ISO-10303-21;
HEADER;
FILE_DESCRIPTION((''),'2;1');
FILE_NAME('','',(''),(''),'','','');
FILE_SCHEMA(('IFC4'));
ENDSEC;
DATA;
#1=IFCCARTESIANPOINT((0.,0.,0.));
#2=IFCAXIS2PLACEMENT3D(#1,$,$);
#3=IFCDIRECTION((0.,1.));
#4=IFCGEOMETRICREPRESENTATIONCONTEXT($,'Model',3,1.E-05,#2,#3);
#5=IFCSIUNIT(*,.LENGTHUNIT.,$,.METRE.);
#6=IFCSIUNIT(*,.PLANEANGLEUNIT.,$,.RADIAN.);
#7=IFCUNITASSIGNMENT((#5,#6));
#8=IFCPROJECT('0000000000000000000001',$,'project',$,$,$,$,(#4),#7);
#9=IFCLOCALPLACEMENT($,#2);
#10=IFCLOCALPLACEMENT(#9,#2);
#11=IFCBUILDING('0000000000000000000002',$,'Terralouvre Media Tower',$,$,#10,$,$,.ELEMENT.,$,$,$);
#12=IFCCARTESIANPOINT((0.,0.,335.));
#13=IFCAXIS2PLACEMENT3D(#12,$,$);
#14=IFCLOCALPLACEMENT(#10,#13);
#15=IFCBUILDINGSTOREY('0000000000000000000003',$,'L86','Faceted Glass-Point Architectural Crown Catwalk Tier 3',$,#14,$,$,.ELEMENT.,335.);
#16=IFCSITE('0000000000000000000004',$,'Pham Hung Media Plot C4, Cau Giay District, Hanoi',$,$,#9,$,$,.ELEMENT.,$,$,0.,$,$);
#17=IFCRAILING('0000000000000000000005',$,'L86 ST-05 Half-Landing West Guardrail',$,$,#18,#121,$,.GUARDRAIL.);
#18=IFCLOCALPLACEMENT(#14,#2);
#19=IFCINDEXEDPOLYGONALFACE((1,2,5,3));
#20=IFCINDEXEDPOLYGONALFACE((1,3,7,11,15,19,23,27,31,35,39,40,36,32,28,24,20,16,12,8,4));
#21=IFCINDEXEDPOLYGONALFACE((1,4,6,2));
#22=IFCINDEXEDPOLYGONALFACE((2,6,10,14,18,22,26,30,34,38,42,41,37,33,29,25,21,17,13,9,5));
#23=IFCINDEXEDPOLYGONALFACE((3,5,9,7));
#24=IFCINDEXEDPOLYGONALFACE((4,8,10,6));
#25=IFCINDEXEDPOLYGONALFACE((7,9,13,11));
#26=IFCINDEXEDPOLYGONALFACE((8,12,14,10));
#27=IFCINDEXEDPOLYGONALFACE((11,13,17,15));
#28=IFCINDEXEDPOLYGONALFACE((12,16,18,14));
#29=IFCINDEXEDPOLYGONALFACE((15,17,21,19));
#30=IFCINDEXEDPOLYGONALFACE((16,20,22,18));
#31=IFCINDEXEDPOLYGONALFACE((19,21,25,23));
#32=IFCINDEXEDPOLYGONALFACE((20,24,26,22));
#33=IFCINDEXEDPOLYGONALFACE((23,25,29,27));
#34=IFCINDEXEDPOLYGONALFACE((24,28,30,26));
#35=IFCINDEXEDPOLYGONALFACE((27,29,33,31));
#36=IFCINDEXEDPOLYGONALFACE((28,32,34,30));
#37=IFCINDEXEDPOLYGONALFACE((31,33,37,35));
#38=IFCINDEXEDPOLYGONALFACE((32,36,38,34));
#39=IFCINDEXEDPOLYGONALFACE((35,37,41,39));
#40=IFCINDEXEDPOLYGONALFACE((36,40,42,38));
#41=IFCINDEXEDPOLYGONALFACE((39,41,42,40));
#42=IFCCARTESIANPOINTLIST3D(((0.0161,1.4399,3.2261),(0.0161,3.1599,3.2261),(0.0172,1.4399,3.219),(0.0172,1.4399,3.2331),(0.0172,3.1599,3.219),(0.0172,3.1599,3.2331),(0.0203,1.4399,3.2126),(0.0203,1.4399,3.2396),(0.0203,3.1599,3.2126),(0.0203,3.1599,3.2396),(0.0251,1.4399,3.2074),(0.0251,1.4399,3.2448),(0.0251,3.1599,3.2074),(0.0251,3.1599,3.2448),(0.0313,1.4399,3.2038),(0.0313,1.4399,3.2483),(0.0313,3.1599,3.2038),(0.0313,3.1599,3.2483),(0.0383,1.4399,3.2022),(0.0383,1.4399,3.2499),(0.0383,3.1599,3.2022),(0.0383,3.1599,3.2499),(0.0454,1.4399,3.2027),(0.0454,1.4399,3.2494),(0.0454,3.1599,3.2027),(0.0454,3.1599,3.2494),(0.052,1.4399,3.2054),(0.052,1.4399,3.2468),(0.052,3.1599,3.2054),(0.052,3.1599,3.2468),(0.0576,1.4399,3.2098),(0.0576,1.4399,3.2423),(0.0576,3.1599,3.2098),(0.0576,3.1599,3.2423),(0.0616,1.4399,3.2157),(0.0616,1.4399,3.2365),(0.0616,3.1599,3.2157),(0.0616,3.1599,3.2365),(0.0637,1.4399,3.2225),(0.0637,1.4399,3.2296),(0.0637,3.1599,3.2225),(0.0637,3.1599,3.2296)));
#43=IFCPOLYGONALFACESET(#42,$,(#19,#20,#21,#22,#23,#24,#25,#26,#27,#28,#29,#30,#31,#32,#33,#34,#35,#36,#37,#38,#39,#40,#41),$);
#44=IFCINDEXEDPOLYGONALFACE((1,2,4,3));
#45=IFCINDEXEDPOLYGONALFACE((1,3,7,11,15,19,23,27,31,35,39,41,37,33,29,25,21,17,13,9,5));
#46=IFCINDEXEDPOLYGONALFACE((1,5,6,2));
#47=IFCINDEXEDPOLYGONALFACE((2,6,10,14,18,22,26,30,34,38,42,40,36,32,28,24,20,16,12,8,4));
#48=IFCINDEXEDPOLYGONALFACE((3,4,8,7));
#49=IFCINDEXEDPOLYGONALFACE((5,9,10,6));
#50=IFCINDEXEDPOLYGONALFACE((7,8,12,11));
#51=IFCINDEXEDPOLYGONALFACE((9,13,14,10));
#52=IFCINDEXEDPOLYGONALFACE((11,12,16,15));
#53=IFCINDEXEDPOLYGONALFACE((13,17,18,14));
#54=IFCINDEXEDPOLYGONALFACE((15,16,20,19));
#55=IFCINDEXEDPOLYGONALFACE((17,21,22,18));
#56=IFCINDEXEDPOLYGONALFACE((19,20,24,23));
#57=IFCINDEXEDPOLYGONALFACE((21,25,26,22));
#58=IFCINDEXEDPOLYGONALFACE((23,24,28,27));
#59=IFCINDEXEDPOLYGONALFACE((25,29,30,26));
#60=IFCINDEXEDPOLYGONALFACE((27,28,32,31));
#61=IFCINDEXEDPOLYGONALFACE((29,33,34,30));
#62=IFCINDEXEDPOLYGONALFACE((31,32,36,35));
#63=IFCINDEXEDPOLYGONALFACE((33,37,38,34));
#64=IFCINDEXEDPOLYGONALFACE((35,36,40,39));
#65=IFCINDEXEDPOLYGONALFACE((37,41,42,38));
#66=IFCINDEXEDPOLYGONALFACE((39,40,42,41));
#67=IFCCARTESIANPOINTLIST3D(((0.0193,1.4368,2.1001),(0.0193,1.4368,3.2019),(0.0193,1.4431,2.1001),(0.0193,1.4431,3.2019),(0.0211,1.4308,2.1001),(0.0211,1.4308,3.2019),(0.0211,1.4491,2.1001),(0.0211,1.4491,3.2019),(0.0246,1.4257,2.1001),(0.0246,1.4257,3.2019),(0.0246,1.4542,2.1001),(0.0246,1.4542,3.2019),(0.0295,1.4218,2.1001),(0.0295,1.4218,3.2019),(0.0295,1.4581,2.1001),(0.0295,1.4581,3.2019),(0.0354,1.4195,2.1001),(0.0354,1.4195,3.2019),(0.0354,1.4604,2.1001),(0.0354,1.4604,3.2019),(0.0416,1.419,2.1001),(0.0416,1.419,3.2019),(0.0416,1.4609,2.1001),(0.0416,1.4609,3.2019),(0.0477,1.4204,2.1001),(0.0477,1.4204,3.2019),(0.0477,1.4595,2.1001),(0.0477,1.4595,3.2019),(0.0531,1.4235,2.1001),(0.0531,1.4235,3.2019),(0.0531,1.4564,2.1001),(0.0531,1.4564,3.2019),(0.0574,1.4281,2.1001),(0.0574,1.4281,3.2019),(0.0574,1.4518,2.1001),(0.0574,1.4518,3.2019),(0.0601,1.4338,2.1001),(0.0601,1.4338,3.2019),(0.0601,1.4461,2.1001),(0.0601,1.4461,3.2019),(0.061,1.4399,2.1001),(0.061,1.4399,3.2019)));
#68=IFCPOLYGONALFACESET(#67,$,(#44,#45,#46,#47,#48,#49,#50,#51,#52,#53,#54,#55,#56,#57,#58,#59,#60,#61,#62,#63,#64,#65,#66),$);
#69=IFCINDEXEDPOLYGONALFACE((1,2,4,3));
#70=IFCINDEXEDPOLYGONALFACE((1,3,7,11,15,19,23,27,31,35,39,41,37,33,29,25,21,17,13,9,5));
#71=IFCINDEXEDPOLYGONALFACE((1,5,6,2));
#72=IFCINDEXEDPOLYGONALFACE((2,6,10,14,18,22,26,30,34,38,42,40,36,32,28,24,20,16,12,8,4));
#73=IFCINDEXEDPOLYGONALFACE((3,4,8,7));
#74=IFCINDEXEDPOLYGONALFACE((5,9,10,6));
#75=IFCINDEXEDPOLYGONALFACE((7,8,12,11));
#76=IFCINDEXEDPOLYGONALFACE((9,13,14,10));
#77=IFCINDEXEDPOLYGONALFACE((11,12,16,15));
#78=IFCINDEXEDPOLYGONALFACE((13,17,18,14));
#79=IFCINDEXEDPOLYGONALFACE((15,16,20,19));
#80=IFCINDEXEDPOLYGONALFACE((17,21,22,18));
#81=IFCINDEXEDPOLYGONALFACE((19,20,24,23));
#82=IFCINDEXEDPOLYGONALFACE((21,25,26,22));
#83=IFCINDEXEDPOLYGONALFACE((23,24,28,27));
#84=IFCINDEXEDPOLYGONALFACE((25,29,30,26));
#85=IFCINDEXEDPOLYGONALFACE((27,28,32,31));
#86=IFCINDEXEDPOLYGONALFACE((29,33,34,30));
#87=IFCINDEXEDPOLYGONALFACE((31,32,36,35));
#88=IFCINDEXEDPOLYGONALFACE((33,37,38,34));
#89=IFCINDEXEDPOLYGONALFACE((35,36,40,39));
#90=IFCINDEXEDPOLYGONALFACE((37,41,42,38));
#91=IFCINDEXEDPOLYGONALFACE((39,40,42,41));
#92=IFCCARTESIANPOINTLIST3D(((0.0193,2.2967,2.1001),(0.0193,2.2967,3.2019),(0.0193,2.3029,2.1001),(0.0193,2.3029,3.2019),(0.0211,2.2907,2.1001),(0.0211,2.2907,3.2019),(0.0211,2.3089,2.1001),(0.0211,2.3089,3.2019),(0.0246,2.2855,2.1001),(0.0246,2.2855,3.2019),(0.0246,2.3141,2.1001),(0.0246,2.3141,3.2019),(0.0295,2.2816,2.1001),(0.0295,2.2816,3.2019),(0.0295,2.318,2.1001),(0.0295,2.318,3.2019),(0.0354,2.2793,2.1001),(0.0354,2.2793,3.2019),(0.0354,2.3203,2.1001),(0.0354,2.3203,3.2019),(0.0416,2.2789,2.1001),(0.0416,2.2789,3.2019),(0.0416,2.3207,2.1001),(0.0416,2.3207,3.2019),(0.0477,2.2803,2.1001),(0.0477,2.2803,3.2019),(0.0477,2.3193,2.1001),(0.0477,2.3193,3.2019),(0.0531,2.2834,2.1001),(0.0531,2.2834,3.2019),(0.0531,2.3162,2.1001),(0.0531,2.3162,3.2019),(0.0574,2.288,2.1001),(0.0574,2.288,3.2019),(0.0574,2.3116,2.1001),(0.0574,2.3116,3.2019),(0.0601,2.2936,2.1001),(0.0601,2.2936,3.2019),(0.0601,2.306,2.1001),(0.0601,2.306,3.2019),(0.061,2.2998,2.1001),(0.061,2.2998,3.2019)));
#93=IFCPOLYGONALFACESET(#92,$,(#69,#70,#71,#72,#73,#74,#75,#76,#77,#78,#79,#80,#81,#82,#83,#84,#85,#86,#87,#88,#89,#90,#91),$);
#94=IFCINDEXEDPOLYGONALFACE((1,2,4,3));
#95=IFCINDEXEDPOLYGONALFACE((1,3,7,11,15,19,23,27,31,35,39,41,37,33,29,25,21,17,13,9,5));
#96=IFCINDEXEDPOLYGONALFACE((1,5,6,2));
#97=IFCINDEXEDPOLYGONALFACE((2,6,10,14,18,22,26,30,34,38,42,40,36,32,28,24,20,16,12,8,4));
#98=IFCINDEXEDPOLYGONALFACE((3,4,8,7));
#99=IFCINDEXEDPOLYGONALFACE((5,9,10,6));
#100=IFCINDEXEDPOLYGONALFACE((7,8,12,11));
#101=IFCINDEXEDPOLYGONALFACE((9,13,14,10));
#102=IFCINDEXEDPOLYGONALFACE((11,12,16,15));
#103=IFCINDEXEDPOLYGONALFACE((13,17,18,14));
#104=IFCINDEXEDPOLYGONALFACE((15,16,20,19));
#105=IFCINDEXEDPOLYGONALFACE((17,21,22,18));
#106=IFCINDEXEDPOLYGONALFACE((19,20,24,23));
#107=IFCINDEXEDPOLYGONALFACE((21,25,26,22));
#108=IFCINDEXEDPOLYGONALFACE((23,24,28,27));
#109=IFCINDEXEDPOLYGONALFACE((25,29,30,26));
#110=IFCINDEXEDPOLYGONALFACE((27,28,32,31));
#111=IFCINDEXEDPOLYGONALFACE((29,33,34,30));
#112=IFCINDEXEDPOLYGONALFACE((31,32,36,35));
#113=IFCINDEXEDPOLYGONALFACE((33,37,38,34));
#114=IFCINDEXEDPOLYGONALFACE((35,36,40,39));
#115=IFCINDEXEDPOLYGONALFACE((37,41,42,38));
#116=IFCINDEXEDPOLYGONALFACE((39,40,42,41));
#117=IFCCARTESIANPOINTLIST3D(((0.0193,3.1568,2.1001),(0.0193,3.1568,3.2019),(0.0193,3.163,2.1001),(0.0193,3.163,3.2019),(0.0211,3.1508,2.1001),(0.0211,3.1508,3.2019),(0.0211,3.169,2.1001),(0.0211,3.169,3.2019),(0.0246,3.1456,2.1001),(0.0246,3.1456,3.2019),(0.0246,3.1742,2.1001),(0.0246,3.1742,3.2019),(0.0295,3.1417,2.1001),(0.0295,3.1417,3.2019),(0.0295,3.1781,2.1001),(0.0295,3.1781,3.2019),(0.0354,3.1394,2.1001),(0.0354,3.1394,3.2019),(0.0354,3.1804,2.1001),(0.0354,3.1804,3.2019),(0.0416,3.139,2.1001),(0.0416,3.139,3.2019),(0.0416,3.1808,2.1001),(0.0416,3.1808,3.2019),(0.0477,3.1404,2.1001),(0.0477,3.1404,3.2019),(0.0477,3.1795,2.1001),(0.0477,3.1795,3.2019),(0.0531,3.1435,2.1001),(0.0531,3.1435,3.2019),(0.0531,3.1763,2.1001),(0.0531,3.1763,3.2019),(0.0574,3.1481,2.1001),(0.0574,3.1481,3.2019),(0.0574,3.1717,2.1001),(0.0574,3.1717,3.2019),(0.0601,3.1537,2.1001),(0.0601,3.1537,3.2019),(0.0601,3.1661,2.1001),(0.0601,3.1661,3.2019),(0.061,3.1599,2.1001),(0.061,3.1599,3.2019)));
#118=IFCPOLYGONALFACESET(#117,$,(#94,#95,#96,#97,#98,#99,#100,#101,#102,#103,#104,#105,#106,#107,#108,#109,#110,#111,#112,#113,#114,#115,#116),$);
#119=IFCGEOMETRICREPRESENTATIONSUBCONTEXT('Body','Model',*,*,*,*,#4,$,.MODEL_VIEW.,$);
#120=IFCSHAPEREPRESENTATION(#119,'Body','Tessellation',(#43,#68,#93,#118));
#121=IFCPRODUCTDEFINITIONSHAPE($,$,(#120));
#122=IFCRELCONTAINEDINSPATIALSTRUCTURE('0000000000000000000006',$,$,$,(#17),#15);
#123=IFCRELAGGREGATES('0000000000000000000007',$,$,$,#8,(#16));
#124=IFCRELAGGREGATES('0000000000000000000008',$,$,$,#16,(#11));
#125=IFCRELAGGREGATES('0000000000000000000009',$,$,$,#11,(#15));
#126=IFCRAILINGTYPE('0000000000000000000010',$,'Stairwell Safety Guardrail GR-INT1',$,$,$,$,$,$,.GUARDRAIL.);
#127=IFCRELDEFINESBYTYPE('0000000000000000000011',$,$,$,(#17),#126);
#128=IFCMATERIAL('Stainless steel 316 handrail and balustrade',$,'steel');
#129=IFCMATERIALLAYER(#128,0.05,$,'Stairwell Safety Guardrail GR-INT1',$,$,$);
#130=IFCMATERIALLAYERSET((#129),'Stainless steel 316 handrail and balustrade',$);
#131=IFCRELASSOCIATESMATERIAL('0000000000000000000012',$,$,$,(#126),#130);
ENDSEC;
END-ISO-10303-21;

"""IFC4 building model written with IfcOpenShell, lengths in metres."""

from ifc_helpers import new_model, si_unit, direction, frame, origin, origin_2d, place, context, subcontext, project, spatial, circle, extrude, material, layer, layer_set, type_object, element, save


model = new_model("IFC4")

# Units and contexts
model_context = context("Model", 3, precision=1e-05, world=origin(), true_north=direction((0.0, 1.0)))
body_context = subcontext(model_context, "Body", "Model", "MODEL_VIEW")
ifc_project = project(units=[si_unit("LENGTHUNIT", "METRE"), si_unit("PLANEANGLEUNIT", "RADIAN")], contexts=[model_context])

# Site, building, storey
site_placement = place(None, origin())
site = spatial("IfcSite", under=ifc_project, at=site_placement, Name="Pham Hung Media Plot C4, Cau Giay District, Hanoi", CompositionType="ELEMENT", RefElevation=0.0)
building_placement = place(site_placement, origin())
building = spatial("IfcBuilding", under=site, at=building_placement, Name="Terralouvre Media Tower", CompositionType="ELEMENT")
storey_placement = place(building_placement, frame((0.0, 0.0, 335.0)))
storey = spatial("IfcBuildingStorey", under=building, at=storey_placement, Name="L86", Description="Faceted Glass-Point Architectural Crown Catwalk Tier 3", CompositionType="ELEMENT", Elevation=335.0)

# Railing
ifc_material_1 = material(Name="Stainless steel 316 handrail and balustrade", Category="steel")
ifc_layer_1 = layer(ifc_material_1, 0.05, Name="Stairwell Safety Guardrail GR-INT1")
ifc_layer_set_1 = layer_set([ifc_layer_1], Name="Stainless steel 316 handrail and balustrade")
railing_type_1 = type_object("IfcRailingType", Name="Stairwell Safety Guardrail GR-INT1", PredefinedType="GUARDRAIL", material=ifc_layer_set_1)
railing_1_placement = place(storey_placement, frame((0.04, 1.4399, 2.1001)))
element("IfcRailing", 1, at=railing_1_placement, inside=storey, type_object=railing_type_1, Name="L86 ST-05 Half-Landing West Guardrail", PredefinedType="GUARDRAIL", context=body_context, shape_type="SweptSolid", body=[
    extrude(circle(Radius=0.0239, at=origin_2d()), frame((0.0, 0.0, 1.126), z_axis=(0.0, 1.0, 0.0), x_axis=(-1.0, 0.0, 0.0)), (0.0, 0.0, 1.0), 1.72),
    extrude(circle(Radius=0.021, at=origin_2d()), origin(), (0.0, 0.0, 1.0), 1.1018),
    extrude(circle(Radius=0.021, at=origin_2d()), frame((0.0, 0.8599, 0.0)), (0.0, 0.0, 1.0), 1.1018),
    extrude(circle(Radius=0.021, at=origin_2d()), frame((0.0, 1.72, 0.0)), (0.0, 0.0, 1.0), 1.1018),
])

save(model, "model.ifc")
